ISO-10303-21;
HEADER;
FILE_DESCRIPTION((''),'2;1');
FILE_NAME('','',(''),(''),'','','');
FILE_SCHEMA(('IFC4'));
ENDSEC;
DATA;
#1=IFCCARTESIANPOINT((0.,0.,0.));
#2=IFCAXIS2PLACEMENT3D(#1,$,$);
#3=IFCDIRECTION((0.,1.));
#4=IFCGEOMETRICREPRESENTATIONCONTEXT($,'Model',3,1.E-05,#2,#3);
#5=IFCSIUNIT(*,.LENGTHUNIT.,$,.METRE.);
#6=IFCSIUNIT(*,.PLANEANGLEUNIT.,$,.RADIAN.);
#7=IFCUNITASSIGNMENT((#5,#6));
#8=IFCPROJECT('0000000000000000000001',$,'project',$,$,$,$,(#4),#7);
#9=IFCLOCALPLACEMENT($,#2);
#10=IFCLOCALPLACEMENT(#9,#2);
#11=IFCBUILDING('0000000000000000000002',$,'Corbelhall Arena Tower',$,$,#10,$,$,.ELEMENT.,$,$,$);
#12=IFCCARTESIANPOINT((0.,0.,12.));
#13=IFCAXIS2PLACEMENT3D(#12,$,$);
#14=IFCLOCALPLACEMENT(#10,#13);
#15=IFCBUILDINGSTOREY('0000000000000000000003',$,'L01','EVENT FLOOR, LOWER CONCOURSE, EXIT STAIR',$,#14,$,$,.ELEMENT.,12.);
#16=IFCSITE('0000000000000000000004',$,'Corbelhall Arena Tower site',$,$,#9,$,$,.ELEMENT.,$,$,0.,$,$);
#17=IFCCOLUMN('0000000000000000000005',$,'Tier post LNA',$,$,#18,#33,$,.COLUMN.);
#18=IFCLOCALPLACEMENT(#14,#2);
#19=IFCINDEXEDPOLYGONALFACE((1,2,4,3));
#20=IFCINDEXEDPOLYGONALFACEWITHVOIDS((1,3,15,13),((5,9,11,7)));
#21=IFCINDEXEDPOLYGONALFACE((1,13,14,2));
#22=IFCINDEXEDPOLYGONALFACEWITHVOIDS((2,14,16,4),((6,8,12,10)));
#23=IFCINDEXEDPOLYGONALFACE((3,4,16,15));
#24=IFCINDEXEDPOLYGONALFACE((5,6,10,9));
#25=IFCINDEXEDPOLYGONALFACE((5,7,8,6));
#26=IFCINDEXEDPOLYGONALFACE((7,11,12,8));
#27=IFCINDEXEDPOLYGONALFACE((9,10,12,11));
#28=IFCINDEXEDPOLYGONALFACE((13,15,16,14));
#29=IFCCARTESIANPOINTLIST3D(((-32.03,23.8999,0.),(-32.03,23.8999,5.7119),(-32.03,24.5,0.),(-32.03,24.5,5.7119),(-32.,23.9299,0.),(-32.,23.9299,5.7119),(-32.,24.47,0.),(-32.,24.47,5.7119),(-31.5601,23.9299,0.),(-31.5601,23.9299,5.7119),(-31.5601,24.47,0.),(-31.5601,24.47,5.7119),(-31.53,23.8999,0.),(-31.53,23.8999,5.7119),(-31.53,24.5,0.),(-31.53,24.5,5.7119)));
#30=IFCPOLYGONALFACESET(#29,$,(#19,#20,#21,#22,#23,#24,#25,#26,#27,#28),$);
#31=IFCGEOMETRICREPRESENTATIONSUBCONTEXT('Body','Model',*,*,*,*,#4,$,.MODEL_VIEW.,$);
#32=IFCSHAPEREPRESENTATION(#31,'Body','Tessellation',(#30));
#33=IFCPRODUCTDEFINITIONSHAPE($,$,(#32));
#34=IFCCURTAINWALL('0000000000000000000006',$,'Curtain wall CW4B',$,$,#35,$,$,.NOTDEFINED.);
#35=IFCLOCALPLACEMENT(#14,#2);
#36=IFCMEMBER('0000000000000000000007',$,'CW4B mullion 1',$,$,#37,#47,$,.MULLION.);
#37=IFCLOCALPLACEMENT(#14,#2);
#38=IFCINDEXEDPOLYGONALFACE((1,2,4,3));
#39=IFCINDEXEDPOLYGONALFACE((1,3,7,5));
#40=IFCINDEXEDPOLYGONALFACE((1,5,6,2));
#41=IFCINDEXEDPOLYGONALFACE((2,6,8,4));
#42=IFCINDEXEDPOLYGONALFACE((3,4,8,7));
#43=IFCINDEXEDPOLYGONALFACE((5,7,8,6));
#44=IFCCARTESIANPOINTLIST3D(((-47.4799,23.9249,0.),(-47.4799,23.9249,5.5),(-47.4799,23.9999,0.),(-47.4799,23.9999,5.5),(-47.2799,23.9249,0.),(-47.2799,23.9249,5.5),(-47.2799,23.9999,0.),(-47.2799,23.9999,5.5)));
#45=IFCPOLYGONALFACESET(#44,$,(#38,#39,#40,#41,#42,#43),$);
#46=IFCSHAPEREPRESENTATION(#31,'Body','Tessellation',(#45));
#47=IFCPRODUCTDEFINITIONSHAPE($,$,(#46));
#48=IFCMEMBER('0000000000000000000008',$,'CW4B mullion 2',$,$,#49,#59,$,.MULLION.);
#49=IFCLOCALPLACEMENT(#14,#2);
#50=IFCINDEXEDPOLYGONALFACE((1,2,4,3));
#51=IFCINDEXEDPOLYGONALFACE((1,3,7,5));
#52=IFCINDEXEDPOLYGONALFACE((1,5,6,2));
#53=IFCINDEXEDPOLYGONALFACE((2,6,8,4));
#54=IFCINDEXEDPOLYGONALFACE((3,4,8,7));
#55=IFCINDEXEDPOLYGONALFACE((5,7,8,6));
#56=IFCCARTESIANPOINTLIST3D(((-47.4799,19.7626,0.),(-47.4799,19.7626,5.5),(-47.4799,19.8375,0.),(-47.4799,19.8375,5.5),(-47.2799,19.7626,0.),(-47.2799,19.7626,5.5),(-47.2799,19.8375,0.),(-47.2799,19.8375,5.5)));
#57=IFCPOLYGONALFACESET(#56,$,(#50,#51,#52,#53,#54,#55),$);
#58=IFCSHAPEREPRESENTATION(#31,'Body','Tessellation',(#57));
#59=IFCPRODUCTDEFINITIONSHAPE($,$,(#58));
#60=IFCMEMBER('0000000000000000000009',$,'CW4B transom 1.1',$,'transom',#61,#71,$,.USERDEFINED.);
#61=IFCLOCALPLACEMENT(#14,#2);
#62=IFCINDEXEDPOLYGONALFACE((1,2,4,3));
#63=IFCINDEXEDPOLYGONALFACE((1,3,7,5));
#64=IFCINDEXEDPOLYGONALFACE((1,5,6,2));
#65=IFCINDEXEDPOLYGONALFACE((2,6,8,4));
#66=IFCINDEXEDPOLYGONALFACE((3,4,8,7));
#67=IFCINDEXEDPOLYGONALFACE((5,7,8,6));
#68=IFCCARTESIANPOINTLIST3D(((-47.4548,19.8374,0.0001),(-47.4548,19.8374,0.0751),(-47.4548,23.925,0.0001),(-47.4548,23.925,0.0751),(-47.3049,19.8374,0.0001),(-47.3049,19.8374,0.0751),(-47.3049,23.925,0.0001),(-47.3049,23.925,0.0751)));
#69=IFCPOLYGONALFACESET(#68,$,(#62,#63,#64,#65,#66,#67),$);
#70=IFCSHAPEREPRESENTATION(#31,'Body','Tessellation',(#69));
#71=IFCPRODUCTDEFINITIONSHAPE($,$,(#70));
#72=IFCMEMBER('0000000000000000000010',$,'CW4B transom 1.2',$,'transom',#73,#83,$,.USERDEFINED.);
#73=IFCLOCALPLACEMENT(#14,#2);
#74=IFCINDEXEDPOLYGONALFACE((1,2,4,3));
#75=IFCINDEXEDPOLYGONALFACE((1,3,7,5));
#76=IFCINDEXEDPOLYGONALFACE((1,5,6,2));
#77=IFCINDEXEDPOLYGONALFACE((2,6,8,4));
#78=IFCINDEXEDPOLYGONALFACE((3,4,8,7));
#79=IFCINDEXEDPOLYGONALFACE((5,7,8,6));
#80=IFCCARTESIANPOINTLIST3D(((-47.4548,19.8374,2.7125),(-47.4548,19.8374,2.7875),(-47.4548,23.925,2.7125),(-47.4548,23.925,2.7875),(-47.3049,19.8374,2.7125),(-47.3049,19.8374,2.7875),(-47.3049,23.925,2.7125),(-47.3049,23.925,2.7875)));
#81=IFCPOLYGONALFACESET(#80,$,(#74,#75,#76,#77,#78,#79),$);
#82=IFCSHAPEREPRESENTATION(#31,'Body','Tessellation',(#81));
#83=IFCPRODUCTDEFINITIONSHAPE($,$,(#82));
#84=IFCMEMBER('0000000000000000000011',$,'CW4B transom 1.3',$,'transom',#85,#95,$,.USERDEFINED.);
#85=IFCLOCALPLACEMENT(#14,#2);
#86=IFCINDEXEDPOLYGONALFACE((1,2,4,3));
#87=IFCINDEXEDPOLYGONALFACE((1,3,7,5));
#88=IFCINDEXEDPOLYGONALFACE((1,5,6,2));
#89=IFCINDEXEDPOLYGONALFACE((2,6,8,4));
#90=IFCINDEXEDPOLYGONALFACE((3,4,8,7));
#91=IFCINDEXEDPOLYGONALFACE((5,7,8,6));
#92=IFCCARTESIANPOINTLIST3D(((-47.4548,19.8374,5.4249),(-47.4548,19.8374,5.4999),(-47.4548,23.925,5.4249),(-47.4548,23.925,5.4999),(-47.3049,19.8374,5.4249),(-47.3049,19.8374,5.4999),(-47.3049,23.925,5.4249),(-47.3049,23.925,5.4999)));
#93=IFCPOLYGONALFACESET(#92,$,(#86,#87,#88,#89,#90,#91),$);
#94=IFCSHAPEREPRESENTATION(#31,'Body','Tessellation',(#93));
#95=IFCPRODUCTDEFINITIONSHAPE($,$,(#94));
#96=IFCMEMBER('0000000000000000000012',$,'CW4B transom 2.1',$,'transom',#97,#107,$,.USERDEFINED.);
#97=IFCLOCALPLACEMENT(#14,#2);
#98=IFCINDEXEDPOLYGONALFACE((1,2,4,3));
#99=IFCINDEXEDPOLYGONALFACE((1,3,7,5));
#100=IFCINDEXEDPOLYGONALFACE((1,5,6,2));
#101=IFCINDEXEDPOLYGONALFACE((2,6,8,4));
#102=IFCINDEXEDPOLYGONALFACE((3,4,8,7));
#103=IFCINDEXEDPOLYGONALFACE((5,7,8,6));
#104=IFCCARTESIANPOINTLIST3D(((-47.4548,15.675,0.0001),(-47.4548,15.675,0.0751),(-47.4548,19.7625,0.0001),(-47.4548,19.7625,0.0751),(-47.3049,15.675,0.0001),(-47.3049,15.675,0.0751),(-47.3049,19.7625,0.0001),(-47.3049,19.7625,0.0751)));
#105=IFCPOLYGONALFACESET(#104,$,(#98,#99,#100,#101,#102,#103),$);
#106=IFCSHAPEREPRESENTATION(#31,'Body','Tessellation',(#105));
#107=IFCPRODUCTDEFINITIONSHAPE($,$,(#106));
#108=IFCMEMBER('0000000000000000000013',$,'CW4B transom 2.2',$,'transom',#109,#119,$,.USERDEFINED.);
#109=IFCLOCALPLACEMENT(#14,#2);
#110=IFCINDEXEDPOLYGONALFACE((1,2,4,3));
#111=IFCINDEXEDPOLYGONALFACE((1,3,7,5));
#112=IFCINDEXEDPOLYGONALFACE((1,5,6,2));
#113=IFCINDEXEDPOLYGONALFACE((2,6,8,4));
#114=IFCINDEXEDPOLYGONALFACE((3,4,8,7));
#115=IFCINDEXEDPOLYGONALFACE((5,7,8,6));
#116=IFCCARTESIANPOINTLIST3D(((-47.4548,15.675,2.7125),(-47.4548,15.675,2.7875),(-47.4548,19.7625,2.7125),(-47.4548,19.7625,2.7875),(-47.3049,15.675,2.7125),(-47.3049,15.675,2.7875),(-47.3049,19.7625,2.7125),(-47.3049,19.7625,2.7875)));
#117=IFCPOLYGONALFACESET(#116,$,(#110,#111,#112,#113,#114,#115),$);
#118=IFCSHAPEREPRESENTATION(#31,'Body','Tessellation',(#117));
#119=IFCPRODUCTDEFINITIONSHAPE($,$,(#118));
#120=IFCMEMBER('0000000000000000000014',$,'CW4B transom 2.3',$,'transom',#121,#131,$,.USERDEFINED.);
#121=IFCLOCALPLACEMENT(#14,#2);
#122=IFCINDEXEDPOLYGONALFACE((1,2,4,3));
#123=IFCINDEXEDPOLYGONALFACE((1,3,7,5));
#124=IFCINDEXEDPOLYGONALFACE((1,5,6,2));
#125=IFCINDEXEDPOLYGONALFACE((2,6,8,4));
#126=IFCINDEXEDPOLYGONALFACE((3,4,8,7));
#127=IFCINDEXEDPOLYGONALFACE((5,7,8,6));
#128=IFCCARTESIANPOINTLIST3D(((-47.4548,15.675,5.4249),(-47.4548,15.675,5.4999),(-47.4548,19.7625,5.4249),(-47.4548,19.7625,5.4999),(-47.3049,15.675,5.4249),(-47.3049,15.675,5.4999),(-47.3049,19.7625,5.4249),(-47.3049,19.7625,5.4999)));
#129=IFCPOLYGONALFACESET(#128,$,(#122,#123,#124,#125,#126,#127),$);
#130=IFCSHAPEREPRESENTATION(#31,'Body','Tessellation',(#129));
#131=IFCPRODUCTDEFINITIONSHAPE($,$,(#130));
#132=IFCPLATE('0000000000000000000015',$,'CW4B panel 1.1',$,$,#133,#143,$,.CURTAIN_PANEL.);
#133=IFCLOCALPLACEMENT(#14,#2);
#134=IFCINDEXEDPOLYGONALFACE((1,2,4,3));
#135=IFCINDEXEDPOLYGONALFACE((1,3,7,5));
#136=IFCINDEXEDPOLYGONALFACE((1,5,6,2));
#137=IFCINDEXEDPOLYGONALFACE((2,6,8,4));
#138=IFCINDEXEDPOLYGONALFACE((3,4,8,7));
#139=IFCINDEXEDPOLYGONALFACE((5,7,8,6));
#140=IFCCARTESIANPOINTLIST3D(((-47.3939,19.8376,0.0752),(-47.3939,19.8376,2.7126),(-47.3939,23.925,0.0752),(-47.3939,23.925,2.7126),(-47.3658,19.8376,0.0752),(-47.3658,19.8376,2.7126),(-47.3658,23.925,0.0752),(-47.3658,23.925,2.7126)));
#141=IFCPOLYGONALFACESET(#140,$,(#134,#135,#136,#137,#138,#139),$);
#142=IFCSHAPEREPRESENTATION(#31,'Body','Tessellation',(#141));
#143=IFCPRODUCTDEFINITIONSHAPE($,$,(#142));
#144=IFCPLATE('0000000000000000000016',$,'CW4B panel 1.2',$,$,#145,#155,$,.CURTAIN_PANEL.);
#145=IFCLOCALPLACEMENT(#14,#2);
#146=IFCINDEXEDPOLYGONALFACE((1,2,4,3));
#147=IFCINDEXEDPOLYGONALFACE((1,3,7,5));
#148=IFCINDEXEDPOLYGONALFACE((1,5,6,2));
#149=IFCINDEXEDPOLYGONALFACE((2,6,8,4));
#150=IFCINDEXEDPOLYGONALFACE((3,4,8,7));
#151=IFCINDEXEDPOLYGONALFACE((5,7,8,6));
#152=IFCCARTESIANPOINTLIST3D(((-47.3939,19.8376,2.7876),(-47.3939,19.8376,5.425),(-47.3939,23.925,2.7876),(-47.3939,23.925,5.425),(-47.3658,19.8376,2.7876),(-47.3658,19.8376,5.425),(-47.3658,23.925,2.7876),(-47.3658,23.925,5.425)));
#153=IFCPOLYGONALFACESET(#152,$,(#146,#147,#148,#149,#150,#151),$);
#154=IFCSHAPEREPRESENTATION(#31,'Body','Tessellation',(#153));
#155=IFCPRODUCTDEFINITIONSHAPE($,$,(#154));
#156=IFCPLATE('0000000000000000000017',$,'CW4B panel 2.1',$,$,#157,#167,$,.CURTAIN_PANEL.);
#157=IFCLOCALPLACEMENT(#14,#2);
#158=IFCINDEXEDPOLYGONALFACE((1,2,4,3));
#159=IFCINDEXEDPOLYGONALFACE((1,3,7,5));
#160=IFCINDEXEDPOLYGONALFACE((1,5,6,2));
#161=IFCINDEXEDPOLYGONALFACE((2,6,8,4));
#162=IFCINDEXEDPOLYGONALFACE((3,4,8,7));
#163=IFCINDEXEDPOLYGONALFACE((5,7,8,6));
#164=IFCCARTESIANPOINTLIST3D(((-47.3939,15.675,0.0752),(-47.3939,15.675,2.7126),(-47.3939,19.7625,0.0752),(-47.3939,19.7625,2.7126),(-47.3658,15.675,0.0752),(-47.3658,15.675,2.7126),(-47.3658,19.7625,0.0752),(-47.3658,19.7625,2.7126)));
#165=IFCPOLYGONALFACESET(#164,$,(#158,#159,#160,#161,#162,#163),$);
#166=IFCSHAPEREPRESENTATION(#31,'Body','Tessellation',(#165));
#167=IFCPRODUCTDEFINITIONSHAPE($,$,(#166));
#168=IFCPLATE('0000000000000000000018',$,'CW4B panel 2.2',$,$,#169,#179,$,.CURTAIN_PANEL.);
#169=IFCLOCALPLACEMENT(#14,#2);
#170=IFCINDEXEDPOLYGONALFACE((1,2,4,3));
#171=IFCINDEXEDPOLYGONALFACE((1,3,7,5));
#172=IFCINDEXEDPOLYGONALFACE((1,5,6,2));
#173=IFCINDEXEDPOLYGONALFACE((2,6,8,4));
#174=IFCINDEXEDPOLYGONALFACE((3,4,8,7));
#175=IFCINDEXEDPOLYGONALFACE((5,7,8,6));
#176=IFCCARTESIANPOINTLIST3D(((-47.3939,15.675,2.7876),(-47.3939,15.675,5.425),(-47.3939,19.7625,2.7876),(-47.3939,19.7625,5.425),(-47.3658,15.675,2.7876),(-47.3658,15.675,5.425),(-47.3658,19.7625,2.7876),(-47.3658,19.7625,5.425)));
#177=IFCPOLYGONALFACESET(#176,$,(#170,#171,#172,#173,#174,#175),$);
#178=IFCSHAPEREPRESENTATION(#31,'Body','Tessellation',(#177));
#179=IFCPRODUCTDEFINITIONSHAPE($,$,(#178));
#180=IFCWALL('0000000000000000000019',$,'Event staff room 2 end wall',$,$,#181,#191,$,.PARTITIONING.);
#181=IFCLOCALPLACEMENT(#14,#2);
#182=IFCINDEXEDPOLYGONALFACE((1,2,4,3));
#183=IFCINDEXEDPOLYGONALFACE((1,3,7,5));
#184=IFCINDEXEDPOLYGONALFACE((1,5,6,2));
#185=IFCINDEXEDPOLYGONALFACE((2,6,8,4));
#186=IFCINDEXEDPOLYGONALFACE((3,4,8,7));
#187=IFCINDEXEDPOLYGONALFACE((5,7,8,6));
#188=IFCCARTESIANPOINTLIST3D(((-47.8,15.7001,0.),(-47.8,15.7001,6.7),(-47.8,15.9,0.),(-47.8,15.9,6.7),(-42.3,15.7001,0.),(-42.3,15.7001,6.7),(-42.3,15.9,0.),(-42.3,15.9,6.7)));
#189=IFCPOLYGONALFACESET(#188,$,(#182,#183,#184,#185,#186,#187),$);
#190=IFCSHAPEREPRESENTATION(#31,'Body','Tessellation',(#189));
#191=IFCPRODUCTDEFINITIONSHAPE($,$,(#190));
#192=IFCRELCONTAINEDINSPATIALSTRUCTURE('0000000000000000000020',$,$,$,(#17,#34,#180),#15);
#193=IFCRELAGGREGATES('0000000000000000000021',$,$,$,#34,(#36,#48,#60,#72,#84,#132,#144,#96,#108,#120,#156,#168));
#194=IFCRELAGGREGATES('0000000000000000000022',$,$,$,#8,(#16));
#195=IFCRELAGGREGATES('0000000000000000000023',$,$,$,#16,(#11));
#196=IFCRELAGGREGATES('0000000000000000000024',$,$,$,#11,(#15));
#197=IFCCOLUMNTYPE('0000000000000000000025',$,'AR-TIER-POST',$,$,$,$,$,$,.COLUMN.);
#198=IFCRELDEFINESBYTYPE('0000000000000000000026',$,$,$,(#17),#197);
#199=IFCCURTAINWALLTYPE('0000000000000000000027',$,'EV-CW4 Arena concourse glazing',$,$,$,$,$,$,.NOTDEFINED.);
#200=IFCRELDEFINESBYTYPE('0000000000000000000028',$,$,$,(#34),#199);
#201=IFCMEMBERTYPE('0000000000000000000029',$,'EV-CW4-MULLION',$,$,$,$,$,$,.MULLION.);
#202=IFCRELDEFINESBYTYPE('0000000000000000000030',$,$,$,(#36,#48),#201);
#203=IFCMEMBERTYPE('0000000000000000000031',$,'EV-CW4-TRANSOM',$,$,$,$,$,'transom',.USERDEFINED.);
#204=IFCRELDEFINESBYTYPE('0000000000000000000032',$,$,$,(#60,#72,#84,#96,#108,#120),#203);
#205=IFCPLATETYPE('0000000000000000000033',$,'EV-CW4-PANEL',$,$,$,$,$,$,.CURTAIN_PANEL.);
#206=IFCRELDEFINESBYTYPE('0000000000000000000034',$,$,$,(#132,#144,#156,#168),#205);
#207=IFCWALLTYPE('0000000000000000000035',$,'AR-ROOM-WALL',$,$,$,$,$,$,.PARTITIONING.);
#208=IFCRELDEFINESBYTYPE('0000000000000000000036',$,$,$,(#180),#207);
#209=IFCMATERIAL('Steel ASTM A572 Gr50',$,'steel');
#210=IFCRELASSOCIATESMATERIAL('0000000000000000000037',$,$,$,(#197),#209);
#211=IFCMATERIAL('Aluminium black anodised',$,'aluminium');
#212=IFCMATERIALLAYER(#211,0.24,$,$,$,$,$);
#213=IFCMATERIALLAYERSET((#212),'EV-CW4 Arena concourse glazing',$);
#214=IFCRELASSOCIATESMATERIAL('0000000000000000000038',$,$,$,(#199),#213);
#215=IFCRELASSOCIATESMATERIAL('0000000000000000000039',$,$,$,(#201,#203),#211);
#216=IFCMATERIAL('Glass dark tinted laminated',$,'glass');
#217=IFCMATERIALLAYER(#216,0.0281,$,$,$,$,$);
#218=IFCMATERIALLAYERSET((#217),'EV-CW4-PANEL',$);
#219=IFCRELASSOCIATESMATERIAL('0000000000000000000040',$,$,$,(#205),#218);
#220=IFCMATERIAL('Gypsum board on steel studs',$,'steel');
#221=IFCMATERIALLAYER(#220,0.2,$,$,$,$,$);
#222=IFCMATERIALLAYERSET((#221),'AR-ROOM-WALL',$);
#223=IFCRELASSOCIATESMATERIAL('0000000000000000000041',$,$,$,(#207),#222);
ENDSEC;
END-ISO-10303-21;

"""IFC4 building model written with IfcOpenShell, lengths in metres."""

from ifc_helpers import new_model, si_unit, direction, frame, frame_2d, origin, origin_2d, place, context, subcontext, project, spatial, rectangle, hollow_rectangle, extrude, material, layer, layer_set, material_profile, profile_set, type_object, element, aggregate, save


model = new_model("IFC4")

# Units and contexts
model_context = context("Model", 3, precision=1e-05, world=origin(), true_north=direction((0.0, 1.0)))
body_context = subcontext(model_context, "Body", "Model", "MODEL_VIEW")
ifc_project = project(units=[si_unit("LENGTHUNIT", "METRE"), si_unit("PLANEANGLEUNIT", "RADIAN")], contexts=[model_context])

# Site, building, storey
site_placement = place(None, origin())
site = spatial("IfcSite", under=ifc_project, at=site_placement, Name="Corbelhall Arena Tower site", CompositionType="ELEMENT", RefElevation=0.0)
building_placement = place(site_placement, origin())
building = spatial("IfcBuilding", under=site, at=building_placement, Name="Corbelhall Arena Tower", CompositionType="ELEMENT")
storey_placement = place(building_placement, frame((0.0, 0.0, 12.0)))
storey = spatial("IfcBuildingStorey", under=building, at=storey_placement, Name="L01", Description="EVENT FLOOR, LOWER CONCOURSE, EXIT STAIR", CompositionType="ELEMENT", Elevation=12.0)

# Column
ifc_material_1 = material(Name="Steel ASTM A572 Gr50", Category="steel")
ifc_material_profile_1 = material_profile(ifc_material_1, hollow_rectangle(XDim=0.5, YDim=0.6001, WallThickness=0.03, at=origin_2d()))
ifc_profile_set_1 = profile_set([ifc_material_profile_1], Name="Steel ASTM A572 Gr50")
column_type = type_object("IfcColumnType", Name="AR-TIER-POST", PredefinedType="COLUMN", material=ifc_profile_set_1)
column_placement = place(storey_placement, frame((-31.78, 24.2, 0.0), z_axis=(0.0, 0.0, 1.0), x_axis=(1.0, 0.0, 0.0)))
element("IfcColumn", 1, at=column_placement, inside=storey, type_object=column_type, Name="Tier post LNA", PredefinedType="COLUMN", context=body_context, shape_type="SweptSolid", body=[
    extrude(hollow_rectangle(XDim=0.5, YDim=0.6001, WallThickness=0.03, at=origin_2d()), origin(), (0.0, 0.0, 1.0), 5.7119),
])

# Curtain wall, members, plates
ifc_material_2 = material(Name="Aluminium black anodised", Category="aluminium")
ifc_layer_1 = layer(ifc_material_2, 0.24)
ifc_layer_set_1 = layer_set([ifc_layer_1], Name="EV-CW4 Arena concourse glazing")
curtain_wall_type = type_object("IfcCurtainWallType", Name="EV-CW4 Arena concourse glazing", PredefinedType="NOTDEFINED", material=ifc_layer_set_1)
curtain_wall_placement = place(storey_placement, origin())
curtain_wall = element("IfcCurtainWall", 2, at=curtain_wall_placement, inside=storey, type_object=curtain_wall_type, Name="Curtain wall CW4B", PredefinedType="NOTDEFINED")
ifc_material_profile_2 = material_profile(ifc_material_2, rectangle(XDim=0.2, YDim=0.075, at=origin_2d()))
ifc_profile_set_2 = profile_set([ifc_material_profile_2], Name="Aluminium black anodised")
member_type_1 = type_object("IfcMemberType", Name="EV-CW4-MULLION", PredefinedType="MULLION", material=ifc_profile_set_2)
member_1_placement = place(storey_placement, frame((-47.3799, 23.9624, 0.0), z_axis=(0.0, 0.0, 1.0), x_axis=(1.0, 0.0, 0.0)))
member_1 = element("IfcMember", 3, at=member_1_placement, type_object=member_type_1, Name="CW4B mullion 1", PredefinedType="MULLION", context=body_context, shape_type="SweptSolid", body=[
    extrude(rectangle(XDim=0.2, YDim=0.075, at=origin_2d()), origin(), (0.0, 0.0, 1.0), 5.5),
])
member_2_placement = place(storey_placement, frame((-47.3799, 19.8, 0.0), z_axis=(0.0, 0.0, 1.0), x_axis=(1.0, 0.0, 0.0)))
member_2 = element("IfcMember", 4, at=member_2_placement, type_object=member_type_1, Name="CW4B mullion 2", PredefinedType="MULLION", context=body_context, shape_type="SweptSolid", body=[
    extrude(rectangle(XDim=0.2, YDim=0.075, at=origin_2d()), origin(), (0.0, 0.0, 1.0), 5.5),
])
ifc_material_profile_3 = material_profile(ifc_material_2, rectangle(XDim=0.1499, YDim=0.075, at=origin_2d()))
ifc_profile_set_3 = profile_set([ifc_material_profile_3], Name="Aluminium black anodised")
member_type_2 = type_object("IfcMemberType", Name="EV-CW4-TRANSOM", ElementType="transom", PredefinedType="USERDEFINED", material=ifc_profile_set_3)
member_3_placement = place(storey_placement, frame((-47.3799, 23.925, 0.0376), z_axis=(0.0, -1.0, 0.0), x_axis=(1.0, 0.0, 0.0)))
member_3 = element("IfcMember", 5, at=member_3_placement, type_object=member_type_2, Name="CW4B transom 1.1", ObjectType="transom", PredefinedType="USERDEFINED", context=body_context, shape_type="SweptSolid", body=[
    extrude(rectangle(XDim=0.1499, YDim=0.075, at=origin_2d()), origin(), (0.0, 0.0, 1.0), 4.0876),
])
member_4_placement = place(storey_placement, frame((-47.3799, 23.925, 2.75), z_axis=(0.0, -1.0, 0.0), x_axis=(1.0, 0.0, 0.0)))
member_4 = element("IfcMember", 6, at=member_4_placement, type_object=member_type_2, Name="CW4B transom 1.2", ObjectType="transom", PredefinedType="USERDEFINED", context=body_context, shape_type="SweptSolid", body=[
    extrude(rectangle(XDim=0.1499, YDim=0.075, at=origin_2d()), origin(), (0.0, 0.0, 1.0), 4.0876),
])
member_5_placement = place(storey_placement, frame((-47.3799, 23.925, 5.4624), z_axis=(0.0, -1.0, 0.0), x_axis=(1.0, 0.0, 0.0)))
member_5 = element("IfcMember", 7, at=member_5_placement, type_object=member_type_2, Name="CW4B transom 1.3", ObjectType="transom", PredefinedType="USERDEFINED", context=body_context, shape_type="SweptSolid", body=[
    extrude(rectangle(XDim=0.1499, YDim=0.075, at=origin_2d()), origin(), (0.0, 0.0, 1.0), 4.0876),
])
member_6_placement = place(storey_placement, frame((-47.3799, 19.7625, 0.0376), z_axis=(0.0, -1.0, 0.0), x_axis=(1.0, 0.0, 0.0)))
member_6 = element("IfcMember", 8, at=member_6_placement, type_object=member_type_2, Name="CW4B transom 2.1", ObjectType="transom", PredefinedType="USERDEFINED", context=body_context, shape_type="SweptSolid", body=[
    extrude(rectangle(XDim=0.1499, YDim=0.075, at=origin_2d()), origin(), (0.0, 0.0, 1.0), 4.0874),
])
member_7_placement = place(storey_placement, frame((-47.3799, 19.7625, 2.75), z_axis=(0.0, -1.0, 0.0), x_axis=(1.0, 0.0, 0.0)))
member_7 = element("IfcMember", 9, at=member_7_placement, type_object=member_type_2, Name="CW4B transom 2.2", ObjectType="transom", PredefinedType="USERDEFINED", context=body_context, shape_type="SweptSolid", body=[
    extrude(rectangle(XDim=0.1499, YDim=0.075, at=origin_2d()), origin(), (0.0, 0.0, 1.0), 4.0874),
])
member_8_placement = place(storey_placement, frame((-47.3799, 19.7625, 5.4624), z_axis=(0.0, -1.0, 0.0), x_axis=(1.0, 0.0, 0.0)))
member_8 = element("IfcMember", 10, at=member_8_placement, type_object=member_type_2, Name="CW4B transom 2.3", ObjectType="transom", PredefinedType="USERDEFINED", context=body_context, shape_type="SweptSolid", body=[
    extrude(rectangle(XDim=0.1499, YDim=0.075, at=origin_2d()), origin(), (0.0, 0.0, 1.0), 4.0874),
])
ifc_material_3 = material(Name="Glass dark tinted laminated", Category="glass")
ifc_layer_2 = layer(ifc_material_3, 0.0281)
ifc_layer_set_2 = layer_set([ifc_layer_2], Name="EV-CW4-PANEL")
plate_type = type_object("IfcPlateType", Name="EV-CW4-PANEL", PredefinedType="CURTAIN_PANEL", material=ifc_layer_set_2)
plate_1_placement = place(storey_placement, frame((-47.3799, 21.8813, 0.0752), z_axis=(0.0, 0.0, 1.0), x_axis=(0.0, -1.0, 0.0)))
plate_1 = element("IfcPlate", 11, at=plate_1_placement, type_object=plate_type, Name="CW4B panel 1.1", PredefinedType="CURTAIN_PANEL", context=body_context, shape_type="SweptSolid", body=[
    extrude(rectangle(XDim=4.0874, YDim=0.0281, at=origin_2d()), origin(), (0.0, 0.0, 1.0), 2.6375),
])
plate_2_placement = place(storey_placement, frame((-47.3799, 21.8813, 2.7876), z_axis=(0.0, 0.0, 1.0), x_axis=(0.0, -1.0, 0.0)))
plate_2 = element("IfcPlate", 12, at=plate_2_placement, type_object=plate_type, Name="CW4B panel 1.2", PredefinedType="CURTAIN_PANEL", context=body_context, shape_type="SweptSolid", body=[
    extrude(rectangle(XDim=4.0874, YDim=0.0281, at=origin_2d()), origin(), (0.0, 0.0, 1.0), 2.6375),
])
plate_3_placement = place(storey_placement, frame((-47.3799, 17.7188, 0.0752), z_axis=(0.0, 0.0, 1.0), x_axis=(0.0, -1.0, 0.0)))
plate_3 = element("IfcPlate", 13, at=plate_3_placement, type_object=plate_type, Name="CW4B panel 2.1", PredefinedType="CURTAIN_PANEL", context=body_context, shape_type="SweptSolid", body=[
    extrude(rectangle(XDim=4.0874, YDim=0.0281, at=origin_2d()), origin(), (0.0, 0.0, 1.0), 2.6375),
])
plate_4_placement = place(storey_placement, frame((-47.3799, 17.7188, 2.7876), z_axis=(0.0, 0.0, 1.0), x_axis=(0.0, -1.0, 0.0)))
plate_4 = element("IfcPlate", 14, at=plate_4_placement, type_object=plate_type, Name="CW4B panel 2.2", PredefinedType="CURTAIN_PANEL", context=body_context, shape_type="SweptSolid", body=[
    extrude(rectangle(XDim=4.0874, YDim=0.0281, at=origin_2d()), origin(), (0.0, 0.0, 1.0), 2.6375),
])
aggregate(curtain_wall, [member_1, member_2, member_3, member_4, member_5, plate_1, plate_2, member_6, member_7, member_8, plate_3, plate_4])

# Wall
ifc_material_4 = material(Name="Gypsum board on steel studs", Category="steel")
ifc_layer_3 = layer(ifc_material_4, 0.2)
ifc_layer_set_3 = layer_set([ifc_layer_3], Name="AR-ROOM-WALL")
wall_type_1 = type_object("IfcWallType", Name="AR-ROOM-WALL", PredefinedType="PARTITIONING", material=ifc_layer_set_3)
for number, where, z_axis, x_axis, name in (
    (15, (-42.3, 15.8, 0.0), (0.0, 0.0, 1.0), (-1.0, 0.0, 0.0), "Event staff room 2 end wall"),
):
    element("IfcWall", number, at=place(storey_placement, frame(where, z_axis=z_axis, x_axis=x_axis)), inside=storey, type_object=wall_type_1, Name=name, PredefinedType="PARTITIONING", context=body_context, shape_type="SweptSolid", body=[
        extrude(rectangle(XDim=5.5, YDim=0.2, at=frame_2d((2.75, 0.0))), origin(), (0.0, 0.0, 1.0), 6.7),
    ])

save(model, "model.ifc")
